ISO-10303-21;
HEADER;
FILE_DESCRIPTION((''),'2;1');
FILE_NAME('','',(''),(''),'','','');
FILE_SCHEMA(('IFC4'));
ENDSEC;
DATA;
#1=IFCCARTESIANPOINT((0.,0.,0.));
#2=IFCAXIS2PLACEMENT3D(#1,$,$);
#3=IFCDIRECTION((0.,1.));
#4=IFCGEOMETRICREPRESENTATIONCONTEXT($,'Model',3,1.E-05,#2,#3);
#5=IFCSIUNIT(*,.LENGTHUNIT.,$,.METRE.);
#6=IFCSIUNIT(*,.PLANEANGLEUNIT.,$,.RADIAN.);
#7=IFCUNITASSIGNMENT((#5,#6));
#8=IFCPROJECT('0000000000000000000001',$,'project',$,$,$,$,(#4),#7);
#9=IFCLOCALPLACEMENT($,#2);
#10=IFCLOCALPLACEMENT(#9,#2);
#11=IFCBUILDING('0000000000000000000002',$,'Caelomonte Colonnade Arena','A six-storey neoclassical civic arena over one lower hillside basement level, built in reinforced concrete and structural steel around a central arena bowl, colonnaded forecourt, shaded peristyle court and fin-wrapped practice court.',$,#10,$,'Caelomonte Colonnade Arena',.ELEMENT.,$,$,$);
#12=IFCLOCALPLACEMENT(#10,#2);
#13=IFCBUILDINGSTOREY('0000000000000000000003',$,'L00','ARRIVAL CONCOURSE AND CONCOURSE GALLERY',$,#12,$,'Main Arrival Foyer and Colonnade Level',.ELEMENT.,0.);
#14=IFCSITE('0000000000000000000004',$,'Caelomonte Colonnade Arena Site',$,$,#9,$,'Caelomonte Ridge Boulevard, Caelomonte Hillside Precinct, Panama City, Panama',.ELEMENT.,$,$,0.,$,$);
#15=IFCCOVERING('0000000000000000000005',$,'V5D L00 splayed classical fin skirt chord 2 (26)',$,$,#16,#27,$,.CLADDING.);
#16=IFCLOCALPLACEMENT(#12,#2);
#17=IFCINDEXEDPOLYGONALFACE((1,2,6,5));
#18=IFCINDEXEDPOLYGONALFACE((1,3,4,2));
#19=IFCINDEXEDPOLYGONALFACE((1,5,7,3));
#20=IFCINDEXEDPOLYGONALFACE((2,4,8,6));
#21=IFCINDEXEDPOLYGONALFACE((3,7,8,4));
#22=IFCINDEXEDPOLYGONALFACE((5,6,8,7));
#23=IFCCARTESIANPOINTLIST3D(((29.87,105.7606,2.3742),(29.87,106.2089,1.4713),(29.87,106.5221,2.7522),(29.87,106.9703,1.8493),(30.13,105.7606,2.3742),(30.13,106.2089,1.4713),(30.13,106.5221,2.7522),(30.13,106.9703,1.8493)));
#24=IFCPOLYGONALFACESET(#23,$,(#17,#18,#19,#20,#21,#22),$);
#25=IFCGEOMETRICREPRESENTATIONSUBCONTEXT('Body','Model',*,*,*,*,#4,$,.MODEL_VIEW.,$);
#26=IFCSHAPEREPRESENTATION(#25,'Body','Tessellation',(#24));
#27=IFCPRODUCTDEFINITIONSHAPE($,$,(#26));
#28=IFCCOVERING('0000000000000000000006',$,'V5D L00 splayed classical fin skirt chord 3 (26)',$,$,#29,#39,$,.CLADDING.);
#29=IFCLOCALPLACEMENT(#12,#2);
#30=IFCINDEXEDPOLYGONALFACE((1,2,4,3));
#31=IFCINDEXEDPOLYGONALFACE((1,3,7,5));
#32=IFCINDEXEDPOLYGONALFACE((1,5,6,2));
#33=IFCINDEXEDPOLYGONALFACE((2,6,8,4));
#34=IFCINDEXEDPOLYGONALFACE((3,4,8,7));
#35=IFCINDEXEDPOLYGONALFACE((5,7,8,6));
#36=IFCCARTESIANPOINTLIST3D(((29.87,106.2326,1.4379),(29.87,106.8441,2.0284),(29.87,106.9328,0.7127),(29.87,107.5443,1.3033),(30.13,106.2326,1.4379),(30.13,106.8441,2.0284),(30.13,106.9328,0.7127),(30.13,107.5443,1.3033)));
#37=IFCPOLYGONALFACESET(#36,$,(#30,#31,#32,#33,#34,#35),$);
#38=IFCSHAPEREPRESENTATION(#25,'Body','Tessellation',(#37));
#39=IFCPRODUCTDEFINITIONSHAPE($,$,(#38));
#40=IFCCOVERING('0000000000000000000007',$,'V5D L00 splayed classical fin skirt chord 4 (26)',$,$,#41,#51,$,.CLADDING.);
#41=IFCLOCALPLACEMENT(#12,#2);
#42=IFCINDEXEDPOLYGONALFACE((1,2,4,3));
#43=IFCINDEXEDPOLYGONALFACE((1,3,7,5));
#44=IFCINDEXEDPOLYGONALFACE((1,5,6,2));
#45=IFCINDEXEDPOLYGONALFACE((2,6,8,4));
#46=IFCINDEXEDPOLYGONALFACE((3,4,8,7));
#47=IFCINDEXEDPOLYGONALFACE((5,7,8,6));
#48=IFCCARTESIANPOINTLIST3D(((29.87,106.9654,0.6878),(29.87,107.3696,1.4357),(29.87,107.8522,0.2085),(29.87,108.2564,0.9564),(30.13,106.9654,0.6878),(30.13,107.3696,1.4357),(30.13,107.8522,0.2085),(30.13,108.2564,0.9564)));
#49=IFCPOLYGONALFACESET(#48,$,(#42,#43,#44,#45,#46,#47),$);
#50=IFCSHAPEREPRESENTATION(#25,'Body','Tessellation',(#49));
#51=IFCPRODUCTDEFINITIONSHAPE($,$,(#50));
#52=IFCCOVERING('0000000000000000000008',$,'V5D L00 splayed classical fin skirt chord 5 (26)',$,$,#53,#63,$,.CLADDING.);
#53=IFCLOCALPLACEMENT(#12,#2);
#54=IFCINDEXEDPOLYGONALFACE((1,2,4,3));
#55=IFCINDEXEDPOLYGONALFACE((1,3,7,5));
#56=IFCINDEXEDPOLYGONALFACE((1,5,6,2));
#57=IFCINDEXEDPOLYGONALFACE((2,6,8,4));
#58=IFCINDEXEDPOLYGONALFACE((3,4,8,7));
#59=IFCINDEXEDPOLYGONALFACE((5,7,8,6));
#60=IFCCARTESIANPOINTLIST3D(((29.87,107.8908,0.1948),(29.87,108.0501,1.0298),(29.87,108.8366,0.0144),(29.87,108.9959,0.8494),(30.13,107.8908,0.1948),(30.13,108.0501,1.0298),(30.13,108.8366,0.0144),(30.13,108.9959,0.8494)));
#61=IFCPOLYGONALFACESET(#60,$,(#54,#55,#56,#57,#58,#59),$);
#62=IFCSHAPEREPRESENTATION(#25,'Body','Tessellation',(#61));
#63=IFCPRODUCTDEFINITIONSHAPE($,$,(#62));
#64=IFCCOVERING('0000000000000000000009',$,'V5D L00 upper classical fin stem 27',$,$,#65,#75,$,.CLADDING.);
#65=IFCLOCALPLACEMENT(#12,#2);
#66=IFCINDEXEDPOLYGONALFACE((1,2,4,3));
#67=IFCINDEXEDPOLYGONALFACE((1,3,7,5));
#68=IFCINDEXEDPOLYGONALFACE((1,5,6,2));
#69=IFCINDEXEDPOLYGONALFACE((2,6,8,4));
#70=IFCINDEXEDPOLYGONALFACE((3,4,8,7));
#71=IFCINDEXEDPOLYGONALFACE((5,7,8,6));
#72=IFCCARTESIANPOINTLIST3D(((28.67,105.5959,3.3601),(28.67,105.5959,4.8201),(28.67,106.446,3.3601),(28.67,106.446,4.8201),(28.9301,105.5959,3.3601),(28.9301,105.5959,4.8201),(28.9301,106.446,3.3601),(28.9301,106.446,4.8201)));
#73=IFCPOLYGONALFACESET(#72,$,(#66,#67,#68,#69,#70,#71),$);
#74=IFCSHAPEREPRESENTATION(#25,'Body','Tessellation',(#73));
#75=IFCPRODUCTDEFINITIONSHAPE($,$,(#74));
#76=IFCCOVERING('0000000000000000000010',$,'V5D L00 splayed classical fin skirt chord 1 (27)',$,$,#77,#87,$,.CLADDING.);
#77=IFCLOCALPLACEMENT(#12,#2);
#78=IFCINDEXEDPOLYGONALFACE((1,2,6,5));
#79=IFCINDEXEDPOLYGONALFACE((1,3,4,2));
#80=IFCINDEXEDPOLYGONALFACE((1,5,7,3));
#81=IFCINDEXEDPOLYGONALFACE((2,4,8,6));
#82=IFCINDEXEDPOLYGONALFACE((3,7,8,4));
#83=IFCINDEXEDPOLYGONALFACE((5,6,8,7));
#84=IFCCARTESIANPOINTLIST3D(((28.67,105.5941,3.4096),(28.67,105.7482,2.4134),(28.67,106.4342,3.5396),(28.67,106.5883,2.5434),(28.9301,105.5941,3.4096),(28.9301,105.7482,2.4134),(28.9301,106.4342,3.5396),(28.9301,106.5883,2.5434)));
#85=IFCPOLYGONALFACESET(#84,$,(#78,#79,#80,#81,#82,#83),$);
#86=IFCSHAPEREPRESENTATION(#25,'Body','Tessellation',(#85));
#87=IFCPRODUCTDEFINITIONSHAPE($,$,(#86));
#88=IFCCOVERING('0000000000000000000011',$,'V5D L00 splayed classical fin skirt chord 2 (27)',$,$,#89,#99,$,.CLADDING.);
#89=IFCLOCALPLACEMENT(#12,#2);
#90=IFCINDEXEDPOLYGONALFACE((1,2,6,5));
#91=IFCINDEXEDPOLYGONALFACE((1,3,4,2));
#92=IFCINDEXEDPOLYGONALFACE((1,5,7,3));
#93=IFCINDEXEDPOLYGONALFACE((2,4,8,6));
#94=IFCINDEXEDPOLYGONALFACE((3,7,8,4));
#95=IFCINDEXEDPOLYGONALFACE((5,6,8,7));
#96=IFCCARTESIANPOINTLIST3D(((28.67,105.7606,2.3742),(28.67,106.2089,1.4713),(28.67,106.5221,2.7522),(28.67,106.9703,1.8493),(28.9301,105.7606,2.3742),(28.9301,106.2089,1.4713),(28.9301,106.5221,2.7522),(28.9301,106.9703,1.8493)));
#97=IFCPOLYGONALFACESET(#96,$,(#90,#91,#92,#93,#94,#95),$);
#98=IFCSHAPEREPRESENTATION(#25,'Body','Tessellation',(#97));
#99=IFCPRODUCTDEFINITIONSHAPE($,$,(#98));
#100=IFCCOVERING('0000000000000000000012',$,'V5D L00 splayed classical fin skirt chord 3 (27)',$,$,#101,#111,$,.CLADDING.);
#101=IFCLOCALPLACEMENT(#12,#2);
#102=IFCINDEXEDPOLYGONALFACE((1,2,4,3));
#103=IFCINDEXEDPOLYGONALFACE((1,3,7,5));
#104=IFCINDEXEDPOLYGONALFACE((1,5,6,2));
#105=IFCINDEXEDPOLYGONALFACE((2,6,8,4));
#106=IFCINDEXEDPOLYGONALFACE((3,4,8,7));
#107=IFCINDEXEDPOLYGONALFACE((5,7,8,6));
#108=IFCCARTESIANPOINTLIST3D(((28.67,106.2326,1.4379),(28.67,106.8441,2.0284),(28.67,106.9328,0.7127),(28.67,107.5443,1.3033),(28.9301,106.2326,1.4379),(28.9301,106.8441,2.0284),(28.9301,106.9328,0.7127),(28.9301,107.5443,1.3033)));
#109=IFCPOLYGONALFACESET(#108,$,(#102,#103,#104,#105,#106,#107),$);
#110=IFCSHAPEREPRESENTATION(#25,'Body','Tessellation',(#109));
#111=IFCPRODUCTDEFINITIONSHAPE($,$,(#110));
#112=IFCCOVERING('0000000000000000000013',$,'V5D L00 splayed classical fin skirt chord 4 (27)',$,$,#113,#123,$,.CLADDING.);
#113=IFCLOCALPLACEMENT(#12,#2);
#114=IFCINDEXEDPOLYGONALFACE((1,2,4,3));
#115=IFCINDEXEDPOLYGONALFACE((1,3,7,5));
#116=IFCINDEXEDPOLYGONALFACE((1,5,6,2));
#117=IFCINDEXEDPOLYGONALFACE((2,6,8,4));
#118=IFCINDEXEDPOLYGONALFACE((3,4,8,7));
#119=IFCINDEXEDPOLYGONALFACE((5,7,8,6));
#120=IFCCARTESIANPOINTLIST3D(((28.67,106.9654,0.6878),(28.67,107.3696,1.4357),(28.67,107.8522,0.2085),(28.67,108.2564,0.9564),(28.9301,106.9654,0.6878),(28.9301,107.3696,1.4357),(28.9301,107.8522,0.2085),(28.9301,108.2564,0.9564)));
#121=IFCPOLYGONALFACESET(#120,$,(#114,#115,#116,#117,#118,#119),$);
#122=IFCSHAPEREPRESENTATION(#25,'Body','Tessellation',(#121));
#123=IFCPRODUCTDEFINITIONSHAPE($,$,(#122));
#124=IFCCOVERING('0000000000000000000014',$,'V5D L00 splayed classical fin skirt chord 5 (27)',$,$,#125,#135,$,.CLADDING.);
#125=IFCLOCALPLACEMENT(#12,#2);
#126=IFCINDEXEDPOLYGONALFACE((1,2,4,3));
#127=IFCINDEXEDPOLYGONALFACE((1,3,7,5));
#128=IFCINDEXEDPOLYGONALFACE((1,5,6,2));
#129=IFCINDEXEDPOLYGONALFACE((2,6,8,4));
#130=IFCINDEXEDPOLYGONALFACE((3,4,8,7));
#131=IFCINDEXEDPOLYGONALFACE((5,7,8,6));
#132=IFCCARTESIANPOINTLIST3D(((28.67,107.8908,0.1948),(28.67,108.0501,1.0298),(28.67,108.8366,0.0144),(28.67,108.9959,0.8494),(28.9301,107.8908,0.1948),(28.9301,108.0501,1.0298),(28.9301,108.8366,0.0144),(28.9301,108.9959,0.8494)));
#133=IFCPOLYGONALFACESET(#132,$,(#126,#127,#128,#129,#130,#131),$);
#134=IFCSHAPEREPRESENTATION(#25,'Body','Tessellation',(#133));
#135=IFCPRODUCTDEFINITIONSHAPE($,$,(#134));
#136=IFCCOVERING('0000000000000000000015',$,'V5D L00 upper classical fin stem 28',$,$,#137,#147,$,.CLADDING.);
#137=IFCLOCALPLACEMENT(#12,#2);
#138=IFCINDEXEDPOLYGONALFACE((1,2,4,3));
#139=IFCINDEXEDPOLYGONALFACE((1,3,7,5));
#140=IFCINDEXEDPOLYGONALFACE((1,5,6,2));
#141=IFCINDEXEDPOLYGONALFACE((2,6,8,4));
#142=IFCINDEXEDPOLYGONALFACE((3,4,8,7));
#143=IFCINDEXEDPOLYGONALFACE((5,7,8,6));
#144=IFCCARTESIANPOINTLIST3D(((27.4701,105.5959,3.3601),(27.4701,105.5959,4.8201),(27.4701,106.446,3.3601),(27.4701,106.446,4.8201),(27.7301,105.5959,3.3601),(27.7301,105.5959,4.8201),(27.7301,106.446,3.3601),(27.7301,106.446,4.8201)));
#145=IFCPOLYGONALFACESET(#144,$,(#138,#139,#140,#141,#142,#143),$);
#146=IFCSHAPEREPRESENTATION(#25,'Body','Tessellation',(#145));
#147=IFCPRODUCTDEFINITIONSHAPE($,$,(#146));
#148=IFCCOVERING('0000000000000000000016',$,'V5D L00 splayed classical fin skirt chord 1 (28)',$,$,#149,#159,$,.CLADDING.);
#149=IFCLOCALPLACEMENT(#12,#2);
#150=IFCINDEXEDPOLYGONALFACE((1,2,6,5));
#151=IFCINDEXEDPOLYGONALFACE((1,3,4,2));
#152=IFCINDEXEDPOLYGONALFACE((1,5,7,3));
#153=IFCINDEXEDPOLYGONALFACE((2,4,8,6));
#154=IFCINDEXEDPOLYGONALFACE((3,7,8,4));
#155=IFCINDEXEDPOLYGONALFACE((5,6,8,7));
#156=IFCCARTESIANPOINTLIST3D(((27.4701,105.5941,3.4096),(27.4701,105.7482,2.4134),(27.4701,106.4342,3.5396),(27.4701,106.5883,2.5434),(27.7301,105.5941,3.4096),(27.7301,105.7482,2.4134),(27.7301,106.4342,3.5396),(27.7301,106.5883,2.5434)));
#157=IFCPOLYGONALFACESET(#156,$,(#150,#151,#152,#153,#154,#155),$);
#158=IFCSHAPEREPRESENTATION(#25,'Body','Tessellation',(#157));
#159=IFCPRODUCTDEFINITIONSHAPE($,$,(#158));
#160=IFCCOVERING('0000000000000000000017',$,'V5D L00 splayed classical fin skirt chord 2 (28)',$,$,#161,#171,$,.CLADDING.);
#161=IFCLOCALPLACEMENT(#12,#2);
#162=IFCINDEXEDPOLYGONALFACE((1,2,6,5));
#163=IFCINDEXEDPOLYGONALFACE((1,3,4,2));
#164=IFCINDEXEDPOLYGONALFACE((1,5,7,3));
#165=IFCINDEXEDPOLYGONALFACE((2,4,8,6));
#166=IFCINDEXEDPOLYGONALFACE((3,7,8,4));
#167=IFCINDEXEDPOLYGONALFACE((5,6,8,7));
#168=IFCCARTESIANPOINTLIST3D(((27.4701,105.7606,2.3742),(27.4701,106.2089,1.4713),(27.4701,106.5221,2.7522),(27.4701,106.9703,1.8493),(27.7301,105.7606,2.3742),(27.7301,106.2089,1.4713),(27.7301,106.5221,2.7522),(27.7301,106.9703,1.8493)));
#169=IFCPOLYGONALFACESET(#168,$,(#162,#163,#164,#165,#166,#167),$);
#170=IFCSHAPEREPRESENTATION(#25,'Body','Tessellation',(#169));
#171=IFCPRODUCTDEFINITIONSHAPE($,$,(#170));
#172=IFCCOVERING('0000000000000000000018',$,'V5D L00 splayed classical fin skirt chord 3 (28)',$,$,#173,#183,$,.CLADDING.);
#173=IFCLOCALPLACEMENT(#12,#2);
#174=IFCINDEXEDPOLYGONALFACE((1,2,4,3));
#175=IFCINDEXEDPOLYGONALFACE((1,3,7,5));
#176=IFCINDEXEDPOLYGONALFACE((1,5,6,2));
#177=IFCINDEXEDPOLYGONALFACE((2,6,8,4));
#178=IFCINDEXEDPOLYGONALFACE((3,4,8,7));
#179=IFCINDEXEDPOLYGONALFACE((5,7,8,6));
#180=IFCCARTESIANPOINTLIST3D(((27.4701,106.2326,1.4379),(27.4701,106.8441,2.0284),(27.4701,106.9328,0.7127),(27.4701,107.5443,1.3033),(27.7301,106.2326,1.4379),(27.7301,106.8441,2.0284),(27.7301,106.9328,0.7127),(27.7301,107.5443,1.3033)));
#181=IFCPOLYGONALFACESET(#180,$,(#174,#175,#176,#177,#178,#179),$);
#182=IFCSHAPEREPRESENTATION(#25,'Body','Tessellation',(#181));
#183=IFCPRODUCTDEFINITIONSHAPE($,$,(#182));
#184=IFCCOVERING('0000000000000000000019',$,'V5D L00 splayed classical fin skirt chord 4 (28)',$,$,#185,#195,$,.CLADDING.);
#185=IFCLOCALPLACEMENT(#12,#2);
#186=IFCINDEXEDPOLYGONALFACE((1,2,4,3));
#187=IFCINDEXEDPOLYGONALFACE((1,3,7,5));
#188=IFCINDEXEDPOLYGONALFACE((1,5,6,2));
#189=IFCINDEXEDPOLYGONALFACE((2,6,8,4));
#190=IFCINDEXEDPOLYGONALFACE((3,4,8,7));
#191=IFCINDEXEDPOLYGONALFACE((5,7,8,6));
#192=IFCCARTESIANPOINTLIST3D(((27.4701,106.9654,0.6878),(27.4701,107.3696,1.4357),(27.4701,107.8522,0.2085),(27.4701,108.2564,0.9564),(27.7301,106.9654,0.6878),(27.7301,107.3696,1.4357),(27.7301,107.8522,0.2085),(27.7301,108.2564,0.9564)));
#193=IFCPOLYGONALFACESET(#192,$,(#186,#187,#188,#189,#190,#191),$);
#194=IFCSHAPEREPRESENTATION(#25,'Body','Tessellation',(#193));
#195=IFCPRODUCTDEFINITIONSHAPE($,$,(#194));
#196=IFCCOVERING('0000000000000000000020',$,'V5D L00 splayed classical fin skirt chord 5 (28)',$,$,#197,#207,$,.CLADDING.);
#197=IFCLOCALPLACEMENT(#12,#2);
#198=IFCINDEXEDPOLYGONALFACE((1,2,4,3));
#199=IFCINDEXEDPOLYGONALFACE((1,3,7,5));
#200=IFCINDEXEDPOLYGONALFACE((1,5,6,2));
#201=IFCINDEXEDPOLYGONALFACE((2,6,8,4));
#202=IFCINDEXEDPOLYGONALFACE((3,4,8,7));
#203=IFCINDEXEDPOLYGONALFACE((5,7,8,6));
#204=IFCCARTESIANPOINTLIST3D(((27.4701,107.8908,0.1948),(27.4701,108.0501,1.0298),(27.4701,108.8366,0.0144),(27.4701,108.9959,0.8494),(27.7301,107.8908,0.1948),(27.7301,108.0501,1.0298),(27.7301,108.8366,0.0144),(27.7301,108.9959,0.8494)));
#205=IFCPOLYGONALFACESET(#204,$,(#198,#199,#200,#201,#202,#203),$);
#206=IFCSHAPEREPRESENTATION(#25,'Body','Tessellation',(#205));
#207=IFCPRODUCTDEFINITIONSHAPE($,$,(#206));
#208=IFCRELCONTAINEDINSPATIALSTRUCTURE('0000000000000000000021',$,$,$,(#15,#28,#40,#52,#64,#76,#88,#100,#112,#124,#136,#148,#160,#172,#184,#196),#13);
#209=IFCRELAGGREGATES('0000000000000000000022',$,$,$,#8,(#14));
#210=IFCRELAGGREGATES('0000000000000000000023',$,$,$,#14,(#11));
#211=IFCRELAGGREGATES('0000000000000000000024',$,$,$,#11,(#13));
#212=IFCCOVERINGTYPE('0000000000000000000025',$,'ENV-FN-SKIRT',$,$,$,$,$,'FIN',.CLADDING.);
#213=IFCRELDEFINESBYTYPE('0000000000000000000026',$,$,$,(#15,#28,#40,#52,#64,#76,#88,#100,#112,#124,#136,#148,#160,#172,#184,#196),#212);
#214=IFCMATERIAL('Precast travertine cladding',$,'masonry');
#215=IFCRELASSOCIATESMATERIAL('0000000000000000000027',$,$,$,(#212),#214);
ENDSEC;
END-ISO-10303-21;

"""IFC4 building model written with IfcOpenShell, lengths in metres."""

from ifc_helpers import new_model, si_unit, direction, frame, origin, origin_2d, place, context, subcontext, project, spatial, rectangle, extrude, material, material_profile, profile_set, type_object, element, save


model = new_model("IFC4")

# Units and contexts
model_context = context("Model", 3, precision=1e-05, world=origin(), true_north=direction((0.0, 1.0)))
body_context = subcontext(model_context, "Body", "Model", "MODEL_VIEW")
ifc_project = project(units=[si_unit("LENGTHUNIT", "METRE"), si_unit("PLANEANGLEUNIT", "RADIAN")], contexts=[model_context])

# Site, building, storey
site_placement = place(None, origin())
site = spatial("IfcSite", under=ifc_project, at=site_placement, Name="Caelomonte Colonnade Arena Site", LongName="Caelomonte Ridge Boulevard, Caelomonte Hillside Precinct, Panama City, Panama", CompositionType="ELEMENT", RefElevation=0.0)
building_placement = place(site_placement, origin())
building = spatial("IfcBuilding", under=site, at=building_placement, Name="Caelomonte Colonnade Arena", Description="A six-storey neoclassical civic arena over one lower hillside basement level, built in reinforced concrete and structural steel around a central arena bowl, colonnaded forecourt, shaded peristyle court and fin-wrapped practice court.", LongName="Caelomonte Colonnade Arena", CompositionType="ELEMENT")
storey_placement = place(building_placement, origin())
storey = spatial("IfcBuildingStorey", under=building, at=storey_placement, Name="L00", Description="ARRIVAL CONCOURSE AND CONCOURSE GALLERY", LongName="Main Arrival Foyer and Colonnade Level", CompositionType="ELEMENT", Elevation=0.0)

# Coverings
ifc_material_1 = material(Name="Precast travertine cladding", Category="masonry")
ifc_material_profile_1 = material_profile(ifc_material_1, rectangle(XDim=0.26, YDim=0.8501, at=origin_2d()), Name="FIN260X850")
ifc_profile_set_1 = profile_set([ifc_material_profile_1], Name="Precast travertine cladding")
covering_type = type_object("IfcCoveringType", Name="ENV-FN-SKIRT", ElementType="FIN", PredefinedType="CLADDING", material=ifc_profile_set_1)
for number, where, z_axis, x_axis, name in (
    (1, (30.0, 106.1414, 2.5632), (0.0, 0.444693, -0.895683), (-1.0, 0.0, 0.0), "V5D L00 splayed classical fin skirt chord 2 (26)"),
    (2, (30.0, 106.5383, 1.7332), (0.0, 0.694646, -0.719351), (-1.0, 0.0, 0.0), "V5D L00 splayed classical fin skirt chord 3 (26)"),
    (3, (30.0, 107.1675, 1.0618), (0.0, 0.879731, -0.475471), (-1.0, 0.0, 0.0), "V5D L00 splayed classical fin skirt chord 4 (26)"),
):
    element("IfcCovering", number, at=place(storey_placement, frame(where, z_axis=z_axis, x_axis=x_axis)), inside=storey, type_object=covering_type, Name=name, PredefinedType="CLADDING", context=body_context, shape_type="SweptSolid", body=[
        extrude(rectangle(XDim=0.26, YDim=0.8501, at=origin_2d()), origin(), (0.0, 0.0, 1.0), 1.0081),
    ])
covering_1_placement = place(storey_placement, frame((30.0, 107.9705, 0.6123), z_axis=(0.0, 0.982287, -0.18738), x_axis=(-1.0, 0.0, 0.0)))
element("IfcCovering", 4, at=covering_1_placement, inside=storey, type_object=covering_type, Name="V5D L00 splayed classical fin skirt chord 5 (26)", PredefinedType="CLADDING", context=body_context, shape_type="SweptSolid", body=[
    extrude(rectangle(XDim=0.26, YDim=0.8501, at=origin_2d()), origin(), (0.0, 0.0, 1.0), 0.9629),
])
covering_2_placement = place(storey_placement, frame((28.8, 106.021, 3.3601), z_axis=(0.0, 0.0, 1.0), x_axis=(1.0, 0.0, 0.0)))
element("IfcCovering", 5, at=covering_2_placement, inside=storey, type_object=covering_type, Name="V5D L00 upper classical fin stem 27", PredefinedType="CLADDING", context=body_context, shape_type="SweptSolid", body=[
    extrude(rectangle(XDim=0.26, YDim=0.8501, at=origin_2d()), origin(), (0.0, 0.0, 1.0), 1.46),
])
for number, where, z_axis, x_axis, name in (
    (6, (28.8, 106.0142, 3.4746), (0.0, 0.15284, -0.988251), (-1.0, 0.0, 0.0), "V5D L00 splayed classical fin skirt chord 1 (27)"),
    (7, (28.8, 106.1414, 2.5632), (0.0, 0.444693, -0.895683), (-1.0, 0.0, 0.0), "V5D L00 splayed classical fin skirt chord 2 (27)"),
    (8, (28.8, 106.5383, 1.7332), (0.0, 0.694646, -0.719351), (-1.0, 0.0, 0.0), "V5D L00 splayed classical fin skirt chord 3 (27)"),
    (9, (28.8, 107.1675, 1.0618), (0.0, 0.879731, -0.475471), (-1.0, 0.0, 0.0), "V5D L00 splayed classical fin skirt chord 4 (27)"),
):
    element("IfcCovering", number, at=place(storey_placement, frame(where, z_axis=z_axis, x_axis=x_axis)), inside=storey, type_object=covering_type, Name=name, PredefinedType="CLADDING", context=body_context, shape_type="SweptSolid", body=[
        extrude(rectangle(XDim=0.26, YDim=0.8501, at=origin_2d()), origin(), (0.0, 0.0, 1.0), 1.0081),
    ])
covering_3_placement = place(storey_placement, frame((28.8, 107.9705, 0.6123), z_axis=(0.0, 0.982287, -0.18738), x_axis=(-1.0, 0.0, 0.0)))
element("IfcCovering", 10, at=covering_3_placement, inside=storey, type_object=covering_type, Name="V5D L00 splayed classical fin skirt chord 5 (27)", PredefinedType="CLADDING", context=body_context, shape_type="SweptSolid", body=[
    extrude(rectangle(XDim=0.26, YDim=0.8501, at=origin_2d()), origin(), (0.0, 0.0, 1.0), 0.9629),
])
covering_4_placement = place(storey_placement, frame((27.6001, 106.021, 3.3601), z_axis=(0.0, 0.0, 1.0), x_axis=(1.0, 0.0, 0.0)))
element("IfcCovering", 11, at=covering_4_placement, inside=storey, type_object=covering_type, Name="V5D L00 upper classical fin stem 28", PredefinedType="CLADDING", context=body_context, shape_type="SweptSolid", body=[
    extrude(rectangle(XDim=0.26, YDim=0.8501, at=origin_2d()), origin(), (0.0, 0.0, 1.0), 1.46),
])
for number, where, z_axis, x_axis, name in (
    (12, (27.6001, 106.0142, 3.4746), (0.0, 0.15284, -0.988251), (-1.0, 0.0, 0.0), "V5D L00 splayed classical fin skirt chord 1 (28)"),
    (13, (27.6001, 106.1414, 2.5632), (0.0, 0.444693, -0.895683), (-1.0, 0.0, 0.0), "V5D L00 splayed classical fin skirt chord 2 (28)"),
    (14, (27.6001, 106.5383, 1.7332), (0.0, 0.694646, -0.719351), (-1.0, 0.0, 0.0), "V5D L00 splayed classical fin skirt chord 3 (28)"),
    (15, (27.6001, 107.1675, 1.0618), (0.0, 0.879731, -0.475471), (-1.0, 0.0, 0.0), "V5D L00 splayed classical fin skirt chord 4 (28)"),
):
    element("IfcCovering", number, at=place(storey_placement, frame(where, z_axis=z_axis, x_axis=x_axis)), inside=storey, type_object=covering_type, Name=name, PredefinedType="CLADDING", context=body_context, shape_type="SweptSolid", body=[
        extrude(rectangle(XDim=0.26, YDim=0.8501, at=origin_2d()), origin(), (0.0, 0.0, 1.0), 1.0081),
    ])
covering_5_placement = place(storey_placement, frame((27.6001, 107.9705, 0.6123), z_axis=(0.0, 0.982287, -0.18738), x_axis=(-1.0, 0.0, 0.0)))
element("IfcCovering", 16, at=covering_5_placement, inside=storey, type_object=covering_type, Name="V5D L00 splayed classical fin skirt chord 5 (28)", PredefinedType="CLADDING", context=body_context, shape_type="SweptSolid", body=[
    extrude(rectangle(XDim=0.26, YDim=0.8501, at=origin_2d()), origin(), (0.0, 0.0, 1.0), 0.9629),
])

save(model, "model.ifc")
